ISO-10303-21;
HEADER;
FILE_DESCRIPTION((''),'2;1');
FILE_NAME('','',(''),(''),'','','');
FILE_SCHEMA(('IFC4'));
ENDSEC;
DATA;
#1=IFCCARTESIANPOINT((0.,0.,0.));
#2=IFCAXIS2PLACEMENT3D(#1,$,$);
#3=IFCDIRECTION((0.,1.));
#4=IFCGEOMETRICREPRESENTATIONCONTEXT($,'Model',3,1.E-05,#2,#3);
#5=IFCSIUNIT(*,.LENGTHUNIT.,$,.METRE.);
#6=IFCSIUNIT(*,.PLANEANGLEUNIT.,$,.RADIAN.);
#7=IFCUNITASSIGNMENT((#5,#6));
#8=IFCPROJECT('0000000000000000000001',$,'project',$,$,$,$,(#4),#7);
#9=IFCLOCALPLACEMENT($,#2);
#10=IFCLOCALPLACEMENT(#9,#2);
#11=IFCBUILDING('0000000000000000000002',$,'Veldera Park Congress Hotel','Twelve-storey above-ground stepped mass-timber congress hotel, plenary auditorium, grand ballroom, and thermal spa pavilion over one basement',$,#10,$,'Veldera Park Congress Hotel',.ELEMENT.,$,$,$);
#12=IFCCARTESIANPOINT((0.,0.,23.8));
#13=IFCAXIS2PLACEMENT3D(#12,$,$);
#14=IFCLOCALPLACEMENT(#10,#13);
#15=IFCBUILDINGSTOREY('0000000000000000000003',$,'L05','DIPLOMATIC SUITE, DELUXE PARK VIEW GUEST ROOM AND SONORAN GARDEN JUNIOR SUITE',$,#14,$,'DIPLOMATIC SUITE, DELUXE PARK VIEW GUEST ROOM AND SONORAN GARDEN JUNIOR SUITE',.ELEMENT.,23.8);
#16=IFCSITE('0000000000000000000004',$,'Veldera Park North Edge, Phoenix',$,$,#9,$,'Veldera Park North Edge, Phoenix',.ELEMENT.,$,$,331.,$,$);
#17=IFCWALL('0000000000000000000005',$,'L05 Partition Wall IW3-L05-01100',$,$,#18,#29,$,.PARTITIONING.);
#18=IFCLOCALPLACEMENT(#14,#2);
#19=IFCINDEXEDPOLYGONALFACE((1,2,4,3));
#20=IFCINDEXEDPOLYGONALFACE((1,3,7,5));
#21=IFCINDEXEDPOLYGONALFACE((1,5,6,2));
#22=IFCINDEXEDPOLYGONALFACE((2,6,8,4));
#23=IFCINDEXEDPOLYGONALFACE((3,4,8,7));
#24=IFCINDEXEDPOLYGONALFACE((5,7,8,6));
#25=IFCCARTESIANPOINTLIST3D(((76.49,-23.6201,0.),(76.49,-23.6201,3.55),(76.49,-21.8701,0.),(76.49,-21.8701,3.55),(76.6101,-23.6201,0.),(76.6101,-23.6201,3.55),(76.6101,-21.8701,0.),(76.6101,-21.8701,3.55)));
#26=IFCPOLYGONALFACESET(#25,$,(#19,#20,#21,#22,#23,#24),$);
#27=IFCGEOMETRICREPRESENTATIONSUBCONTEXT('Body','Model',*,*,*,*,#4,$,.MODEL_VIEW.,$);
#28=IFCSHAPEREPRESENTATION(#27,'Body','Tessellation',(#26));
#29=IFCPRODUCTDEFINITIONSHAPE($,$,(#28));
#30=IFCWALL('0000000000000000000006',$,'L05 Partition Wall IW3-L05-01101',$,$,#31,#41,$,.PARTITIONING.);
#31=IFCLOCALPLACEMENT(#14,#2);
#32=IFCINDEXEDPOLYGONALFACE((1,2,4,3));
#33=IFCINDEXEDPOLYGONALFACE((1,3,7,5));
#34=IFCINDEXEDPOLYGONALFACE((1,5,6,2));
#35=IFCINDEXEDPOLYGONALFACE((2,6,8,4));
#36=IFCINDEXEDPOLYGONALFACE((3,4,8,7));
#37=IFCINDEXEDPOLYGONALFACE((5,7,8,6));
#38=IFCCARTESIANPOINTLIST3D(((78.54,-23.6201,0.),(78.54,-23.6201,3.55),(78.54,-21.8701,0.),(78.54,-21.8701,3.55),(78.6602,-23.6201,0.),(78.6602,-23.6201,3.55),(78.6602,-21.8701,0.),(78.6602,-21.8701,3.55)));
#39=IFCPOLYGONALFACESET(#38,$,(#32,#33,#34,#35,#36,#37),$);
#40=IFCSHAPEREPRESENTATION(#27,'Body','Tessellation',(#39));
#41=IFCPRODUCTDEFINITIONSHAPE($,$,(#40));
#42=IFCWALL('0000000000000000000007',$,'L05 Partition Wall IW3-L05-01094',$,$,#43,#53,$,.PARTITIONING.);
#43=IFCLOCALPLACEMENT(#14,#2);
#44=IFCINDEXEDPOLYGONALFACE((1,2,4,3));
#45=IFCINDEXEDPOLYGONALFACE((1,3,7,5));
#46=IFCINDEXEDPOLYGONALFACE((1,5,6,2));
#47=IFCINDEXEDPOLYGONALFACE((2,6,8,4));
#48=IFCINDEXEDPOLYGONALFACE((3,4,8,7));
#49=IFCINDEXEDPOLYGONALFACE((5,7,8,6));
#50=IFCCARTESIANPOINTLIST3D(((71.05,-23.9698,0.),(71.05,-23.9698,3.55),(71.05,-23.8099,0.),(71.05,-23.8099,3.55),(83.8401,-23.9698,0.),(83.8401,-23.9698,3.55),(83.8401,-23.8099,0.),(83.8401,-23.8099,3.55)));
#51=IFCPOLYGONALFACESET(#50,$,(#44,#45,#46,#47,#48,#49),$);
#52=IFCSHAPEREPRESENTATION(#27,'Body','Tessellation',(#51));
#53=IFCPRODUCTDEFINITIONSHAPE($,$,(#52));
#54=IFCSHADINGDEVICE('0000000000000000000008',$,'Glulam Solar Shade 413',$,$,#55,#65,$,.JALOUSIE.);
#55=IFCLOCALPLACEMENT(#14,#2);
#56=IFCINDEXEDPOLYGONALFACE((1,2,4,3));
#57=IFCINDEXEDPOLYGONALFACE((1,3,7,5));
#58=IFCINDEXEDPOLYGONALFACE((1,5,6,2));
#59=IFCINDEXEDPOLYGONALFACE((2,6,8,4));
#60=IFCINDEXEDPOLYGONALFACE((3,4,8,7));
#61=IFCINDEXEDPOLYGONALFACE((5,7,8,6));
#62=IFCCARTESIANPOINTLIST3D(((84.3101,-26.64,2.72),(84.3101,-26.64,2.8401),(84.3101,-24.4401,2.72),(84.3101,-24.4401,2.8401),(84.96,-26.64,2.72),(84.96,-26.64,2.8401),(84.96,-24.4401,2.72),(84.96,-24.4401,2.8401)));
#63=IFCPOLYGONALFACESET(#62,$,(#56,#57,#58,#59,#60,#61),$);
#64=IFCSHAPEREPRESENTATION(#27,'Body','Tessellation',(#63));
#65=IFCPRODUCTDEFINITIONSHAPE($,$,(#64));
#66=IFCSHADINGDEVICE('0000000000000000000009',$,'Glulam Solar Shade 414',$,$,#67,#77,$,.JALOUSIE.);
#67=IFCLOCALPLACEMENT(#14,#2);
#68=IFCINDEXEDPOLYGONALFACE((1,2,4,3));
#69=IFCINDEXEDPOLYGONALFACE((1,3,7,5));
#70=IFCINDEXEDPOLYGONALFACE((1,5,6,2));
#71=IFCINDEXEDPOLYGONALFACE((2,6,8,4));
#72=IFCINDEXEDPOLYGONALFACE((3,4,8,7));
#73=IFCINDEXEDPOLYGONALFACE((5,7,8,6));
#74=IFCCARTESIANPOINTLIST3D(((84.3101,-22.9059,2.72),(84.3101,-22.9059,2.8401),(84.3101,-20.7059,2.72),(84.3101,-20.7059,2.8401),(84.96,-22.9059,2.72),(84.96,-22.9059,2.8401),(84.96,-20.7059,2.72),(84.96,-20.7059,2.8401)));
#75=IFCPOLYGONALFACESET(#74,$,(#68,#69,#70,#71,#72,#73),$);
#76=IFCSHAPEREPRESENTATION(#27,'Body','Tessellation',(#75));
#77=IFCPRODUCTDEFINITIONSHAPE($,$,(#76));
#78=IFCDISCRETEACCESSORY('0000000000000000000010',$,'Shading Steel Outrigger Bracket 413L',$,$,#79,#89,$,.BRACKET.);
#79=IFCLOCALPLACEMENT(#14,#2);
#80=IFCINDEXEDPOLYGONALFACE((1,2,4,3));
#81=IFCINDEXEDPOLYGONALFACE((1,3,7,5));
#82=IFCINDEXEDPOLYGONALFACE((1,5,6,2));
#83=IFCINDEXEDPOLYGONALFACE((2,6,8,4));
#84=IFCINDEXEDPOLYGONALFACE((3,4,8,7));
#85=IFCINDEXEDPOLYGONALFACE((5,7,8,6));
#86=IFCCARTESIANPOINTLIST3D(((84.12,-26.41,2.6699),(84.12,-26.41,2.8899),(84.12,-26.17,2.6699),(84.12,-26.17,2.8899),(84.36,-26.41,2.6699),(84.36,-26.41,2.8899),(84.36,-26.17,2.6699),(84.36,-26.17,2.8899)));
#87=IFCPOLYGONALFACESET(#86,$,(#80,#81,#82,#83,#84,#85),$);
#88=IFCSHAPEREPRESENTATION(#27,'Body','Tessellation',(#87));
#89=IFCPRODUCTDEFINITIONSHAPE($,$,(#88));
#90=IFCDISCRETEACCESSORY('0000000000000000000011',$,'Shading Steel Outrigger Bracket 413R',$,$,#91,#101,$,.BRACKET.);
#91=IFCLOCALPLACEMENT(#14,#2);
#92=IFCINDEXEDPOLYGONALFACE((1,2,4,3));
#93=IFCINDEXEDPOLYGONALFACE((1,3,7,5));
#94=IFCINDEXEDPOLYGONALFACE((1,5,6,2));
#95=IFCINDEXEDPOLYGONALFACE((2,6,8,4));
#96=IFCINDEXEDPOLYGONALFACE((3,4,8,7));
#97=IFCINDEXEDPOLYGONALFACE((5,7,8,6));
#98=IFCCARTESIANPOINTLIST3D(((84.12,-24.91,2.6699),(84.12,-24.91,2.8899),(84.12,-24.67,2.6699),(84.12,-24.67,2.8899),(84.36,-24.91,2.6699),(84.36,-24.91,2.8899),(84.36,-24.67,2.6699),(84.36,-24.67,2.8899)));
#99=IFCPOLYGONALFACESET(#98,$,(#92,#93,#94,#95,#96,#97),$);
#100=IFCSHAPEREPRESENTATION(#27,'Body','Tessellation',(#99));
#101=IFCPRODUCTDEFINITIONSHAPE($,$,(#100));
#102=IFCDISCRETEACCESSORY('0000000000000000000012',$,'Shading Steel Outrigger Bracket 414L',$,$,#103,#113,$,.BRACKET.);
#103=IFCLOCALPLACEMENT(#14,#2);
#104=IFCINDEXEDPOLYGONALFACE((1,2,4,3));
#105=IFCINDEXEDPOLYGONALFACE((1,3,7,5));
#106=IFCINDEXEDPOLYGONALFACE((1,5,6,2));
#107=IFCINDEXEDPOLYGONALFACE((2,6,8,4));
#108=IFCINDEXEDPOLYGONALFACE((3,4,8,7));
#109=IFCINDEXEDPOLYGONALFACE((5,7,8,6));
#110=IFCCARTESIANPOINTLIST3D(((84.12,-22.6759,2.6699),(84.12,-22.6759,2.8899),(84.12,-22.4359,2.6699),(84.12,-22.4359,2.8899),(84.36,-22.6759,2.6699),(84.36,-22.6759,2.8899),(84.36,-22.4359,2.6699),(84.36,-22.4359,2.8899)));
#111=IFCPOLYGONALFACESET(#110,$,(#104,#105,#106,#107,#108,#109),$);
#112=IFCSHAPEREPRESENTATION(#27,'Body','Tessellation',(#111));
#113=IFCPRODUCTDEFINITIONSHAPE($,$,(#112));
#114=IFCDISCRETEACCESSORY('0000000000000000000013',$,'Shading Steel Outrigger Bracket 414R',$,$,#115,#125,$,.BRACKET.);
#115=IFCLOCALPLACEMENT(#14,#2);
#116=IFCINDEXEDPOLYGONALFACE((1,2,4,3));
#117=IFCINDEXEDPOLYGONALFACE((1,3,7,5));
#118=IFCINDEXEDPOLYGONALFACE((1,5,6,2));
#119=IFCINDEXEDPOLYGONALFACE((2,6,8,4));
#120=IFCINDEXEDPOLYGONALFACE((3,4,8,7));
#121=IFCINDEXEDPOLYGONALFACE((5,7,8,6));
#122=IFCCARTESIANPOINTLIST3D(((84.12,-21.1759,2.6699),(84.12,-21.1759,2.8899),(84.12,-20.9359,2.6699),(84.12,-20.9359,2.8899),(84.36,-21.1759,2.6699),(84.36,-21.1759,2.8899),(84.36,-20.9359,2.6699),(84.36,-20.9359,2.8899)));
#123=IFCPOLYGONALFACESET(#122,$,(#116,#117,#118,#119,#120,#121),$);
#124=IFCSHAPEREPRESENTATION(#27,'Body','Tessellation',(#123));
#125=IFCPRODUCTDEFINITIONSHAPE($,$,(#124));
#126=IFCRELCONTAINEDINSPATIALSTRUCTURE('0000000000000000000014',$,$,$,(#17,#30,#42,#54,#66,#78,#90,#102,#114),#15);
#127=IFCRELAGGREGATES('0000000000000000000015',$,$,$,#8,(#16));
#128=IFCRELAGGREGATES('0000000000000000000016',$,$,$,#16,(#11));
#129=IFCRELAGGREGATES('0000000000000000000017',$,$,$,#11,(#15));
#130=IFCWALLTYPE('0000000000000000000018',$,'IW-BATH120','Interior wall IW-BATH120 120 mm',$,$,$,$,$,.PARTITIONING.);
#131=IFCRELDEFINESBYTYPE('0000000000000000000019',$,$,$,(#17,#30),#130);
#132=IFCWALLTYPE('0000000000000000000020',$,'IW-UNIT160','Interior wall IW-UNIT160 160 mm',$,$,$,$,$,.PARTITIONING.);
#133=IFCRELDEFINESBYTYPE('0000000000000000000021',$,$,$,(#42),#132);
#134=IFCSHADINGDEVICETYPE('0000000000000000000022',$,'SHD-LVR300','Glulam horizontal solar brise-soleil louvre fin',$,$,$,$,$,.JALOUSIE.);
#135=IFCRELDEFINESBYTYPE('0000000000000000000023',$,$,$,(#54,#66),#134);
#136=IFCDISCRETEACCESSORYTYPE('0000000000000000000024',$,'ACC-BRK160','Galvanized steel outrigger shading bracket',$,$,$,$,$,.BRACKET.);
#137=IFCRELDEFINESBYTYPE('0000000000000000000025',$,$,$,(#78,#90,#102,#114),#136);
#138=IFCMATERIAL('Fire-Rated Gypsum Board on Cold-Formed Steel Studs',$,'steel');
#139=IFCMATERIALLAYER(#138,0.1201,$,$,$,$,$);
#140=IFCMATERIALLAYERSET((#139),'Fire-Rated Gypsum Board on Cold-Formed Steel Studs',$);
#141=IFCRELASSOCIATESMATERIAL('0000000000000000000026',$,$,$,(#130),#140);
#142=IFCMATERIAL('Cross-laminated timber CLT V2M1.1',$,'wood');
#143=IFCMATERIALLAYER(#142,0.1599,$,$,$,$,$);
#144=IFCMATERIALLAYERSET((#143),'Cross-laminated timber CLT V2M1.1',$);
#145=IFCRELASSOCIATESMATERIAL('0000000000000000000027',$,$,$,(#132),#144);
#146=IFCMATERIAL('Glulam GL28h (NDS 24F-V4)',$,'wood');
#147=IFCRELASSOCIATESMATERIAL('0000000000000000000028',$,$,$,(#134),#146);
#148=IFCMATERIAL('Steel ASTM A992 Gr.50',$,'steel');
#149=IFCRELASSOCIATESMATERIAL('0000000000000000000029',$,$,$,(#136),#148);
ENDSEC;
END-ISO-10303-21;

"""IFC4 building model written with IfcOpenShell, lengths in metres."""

from ifc_helpers import new_model, si_unit, direction, frame, frame_2d, origin, origin_2d, place, context, subcontext, project, spatial, rectangle, extrude, material, layer, layer_set, type_object, element, save


model = new_model("IFC4")

# Units and contexts
model_context = context("Model", 3, precision=1e-05, world=origin(), true_north=direction((0.0, 1.0)))
body_context = subcontext(model_context, "Body", "Model", "MODEL_VIEW")
ifc_project = project(units=[si_unit("LENGTHUNIT", "METRE"), si_unit("PLANEANGLEUNIT", "RADIAN")], contexts=[model_context])

# Site, building, storey
site_placement = place(None, origin())
site = spatial("IfcSite", under=ifc_project, at=site_placement, Name="Veldera Park North Edge, Phoenix", LongName="Veldera Park North Edge, Phoenix", CompositionType="ELEMENT", RefElevation=331.0)
building_placement = place(site_placement, origin())
building = spatial("IfcBuilding", under=site, at=building_placement, Name="Veldera Park Congress Hotel", Description="Twelve-storey above-ground stepped mass-timber congress hotel, plenary auditorium, grand ballroom, and thermal spa pavilion over one basement", LongName="Veldera Park Congress Hotel", CompositionType="ELEMENT")
storey_placement = place(building_placement, frame((0.0, 0.0, 23.8)))
storey = spatial("IfcBuildingStorey", under=building, at=storey_placement, Name="L05", Description="DIPLOMATIC SUITE, DELUXE PARK VIEW GUEST ROOM AND SONORAN GARDEN JUNIOR SUITE", LongName="DIPLOMATIC SUITE, DELUXE PARK VIEW GUEST ROOM AND SONORAN GARDEN JUNIOR SUITE", CompositionType="ELEMENT", Elevation=23.8)

# Shared definitions
ifc_material_1 = material(Name="Glulam GL28h (NDS 24F-V4)", Category="wood")

# Shared definitions
ifc_material_2 = material(Name="Cross-laminated timber CLT V2M1.1", Category="wood")

# Shared definitions
ifc_material_3 = material(Name="Fire-Rated Gypsum Board on Cold-Formed Steel Studs", Category="steel")
ifc_layer_1 = layer(ifc_material_3, 0.1201)
ifc_layer_set_1 = layer_set([ifc_layer_1], Name="Fire-Rated Gypsum Board on Cold-Formed Steel Studs")
wall_type_1 = type_object("IfcWallType", Name="IW-BATH120", Description="Interior wall IW-BATH120 120 mm", PredefinedType="PARTITIONING", material=ifc_layer_set_1)

# Walls
for number, where, z_axis, x_axis, name in (
    (1, (76.55, -23.6201, 0.0), (0.0, 0.0, 1.0), (0.0, 1.0, 0.0), "L05 Partition Wall IW3-L05-01100"),
    (2, (78.6001, -23.6201, 0.0), (0.0, 0.0, 1.0), (0.0, 1.0, 0.0), "L05 Partition Wall IW3-L05-01101"),
):
    element("IfcWall", number, at=place(storey_placement, frame(where, z_axis=z_axis, x_axis=x_axis)), inside=storey, type_object=wall_type_1, Name=name, PredefinedType="PARTITIONING", context=body_context, shape_type="SweptSolid", body=[
        extrude(rectangle(XDim=1.75, YDim=0.1201, at=frame_2d((0.875, 0.0))), origin(), (0.0, 0.0, 1.0), 3.55),
    ])

# Wall
ifc_layer_2 = layer(ifc_material_2, 0.1599)
ifc_layer_set_2 = layer_set([ifc_layer_2], Name="Cross-laminated timber CLT V2M1.1")
wall_type_2 = type_object("IfcWallType", Name="IW-UNIT160", Description="Interior wall IW-UNIT160 160 mm", PredefinedType="PARTITIONING", material=ifc_layer_set_2)
wall_1_placement = place(storey_placement, frame((71.05, -23.8899, 0.0), z_axis=(0.0, 0.0, 1.0), x_axis=(1.0, 0.0, 0.0)))
element("IfcWall", 3, at=wall_1_placement, inside=storey, type_object=wall_type_2, Name="L05 Partition Wall IW3-L05-01094", PredefinedType="PARTITIONING", context=body_context, shape_type="SweptSolid", body=[
    extrude(rectangle(XDim=12.79, YDim=0.1599, at=frame_2d((6.395, 0.0))), origin(), (0.0, 0.0, 1.0), 3.55),
])

# Shading devices
shading_device_type = type_object("IfcShadingDeviceType", Name="SHD-LVR300", Description="Glulam horizontal solar brise-soleil louvre fin", PredefinedType="JALOUSIE", material=ifc_material_1)
for number, where, z_axis, x_axis, name in (
    (4, (84.635, -25.54, 2.72), (0.0, 0.0, 1.0), (0.0, 1.0, 0.0), "Glulam Solar Shade 413"),
    (5, (84.635, -21.8059, 2.72), (0.0, 0.0, 1.0), (0.0, 1.0, 0.0), "Glulam Solar Shade 414"),
):
    element("IfcShadingDevice", number, at=place(storey_placement, frame(where, z_axis=z_axis, x_axis=x_axis)), inside=storey, type_object=shading_device_type, Name=name, PredefinedType="JALOUSIE", context=body_context, shape_type="SweptSolid", body=[
        extrude(rectangle(XDim=2.2, YDim=0.6499, at=origin_2d()), origin(), (0.0, 0.0, 1.0), 0.1201),
    ])

# Discrete accessories
ifc_material_4 = material(Name="Steel ASTM A992 Gr.50", Category="steel")
discrete_accessory_type = type_object("IfcDiscreteAccessoryType", Name="ACC-BRK160", Description="Galvanized steel outrigger shading bracket", PredefinedType="BRACKET", material=ifc_material_4)
for number, where, z_axis, x_axis, name in (
    (6, (84.24, -26.29, 2.6699), (0.0, 0.0, 1.0), (0.0, 1.0, 0.0), "Shading Steel Outrigger Bracket 413L"),
    (7, (84.24, -24.79, 2.6699), (0.0, 0.0, 1.0), (0.0, 1.0, 0.0), "Shading Steel Outrigger Bracket 413R"),
    (8, (84.24, -22.5559, 2.6699), (0.0, 0.0, 1.0), (0.0, 1.0, 0.0), "Shading Steel Outrigger Bracket 414L"),
    (9, (84.24, -21.0559, 2.6699), (0.0, 0.0, 1.0), (0.0, 1.0, 0.0), "Shading Steel Outrigger Bracket 414R"),
):
    element("IfcDiscreteAccessory", number, at=place(storey_placement, frame(where, z_axis=z_axis, x_axis=x_axis)), inside=storey, type_object=discrete_accessory_type, Name=name, PredefinedType="BRACKET", context=body_context, shape_type="SweptSolid", body=[
        extrude(rectangle(XDim=0.24, YDim=0.24, at=origin_2d()), origin(), (0.0, 0.0, 1.0), 0.22),
    ])

save(model, "model.ifc")
